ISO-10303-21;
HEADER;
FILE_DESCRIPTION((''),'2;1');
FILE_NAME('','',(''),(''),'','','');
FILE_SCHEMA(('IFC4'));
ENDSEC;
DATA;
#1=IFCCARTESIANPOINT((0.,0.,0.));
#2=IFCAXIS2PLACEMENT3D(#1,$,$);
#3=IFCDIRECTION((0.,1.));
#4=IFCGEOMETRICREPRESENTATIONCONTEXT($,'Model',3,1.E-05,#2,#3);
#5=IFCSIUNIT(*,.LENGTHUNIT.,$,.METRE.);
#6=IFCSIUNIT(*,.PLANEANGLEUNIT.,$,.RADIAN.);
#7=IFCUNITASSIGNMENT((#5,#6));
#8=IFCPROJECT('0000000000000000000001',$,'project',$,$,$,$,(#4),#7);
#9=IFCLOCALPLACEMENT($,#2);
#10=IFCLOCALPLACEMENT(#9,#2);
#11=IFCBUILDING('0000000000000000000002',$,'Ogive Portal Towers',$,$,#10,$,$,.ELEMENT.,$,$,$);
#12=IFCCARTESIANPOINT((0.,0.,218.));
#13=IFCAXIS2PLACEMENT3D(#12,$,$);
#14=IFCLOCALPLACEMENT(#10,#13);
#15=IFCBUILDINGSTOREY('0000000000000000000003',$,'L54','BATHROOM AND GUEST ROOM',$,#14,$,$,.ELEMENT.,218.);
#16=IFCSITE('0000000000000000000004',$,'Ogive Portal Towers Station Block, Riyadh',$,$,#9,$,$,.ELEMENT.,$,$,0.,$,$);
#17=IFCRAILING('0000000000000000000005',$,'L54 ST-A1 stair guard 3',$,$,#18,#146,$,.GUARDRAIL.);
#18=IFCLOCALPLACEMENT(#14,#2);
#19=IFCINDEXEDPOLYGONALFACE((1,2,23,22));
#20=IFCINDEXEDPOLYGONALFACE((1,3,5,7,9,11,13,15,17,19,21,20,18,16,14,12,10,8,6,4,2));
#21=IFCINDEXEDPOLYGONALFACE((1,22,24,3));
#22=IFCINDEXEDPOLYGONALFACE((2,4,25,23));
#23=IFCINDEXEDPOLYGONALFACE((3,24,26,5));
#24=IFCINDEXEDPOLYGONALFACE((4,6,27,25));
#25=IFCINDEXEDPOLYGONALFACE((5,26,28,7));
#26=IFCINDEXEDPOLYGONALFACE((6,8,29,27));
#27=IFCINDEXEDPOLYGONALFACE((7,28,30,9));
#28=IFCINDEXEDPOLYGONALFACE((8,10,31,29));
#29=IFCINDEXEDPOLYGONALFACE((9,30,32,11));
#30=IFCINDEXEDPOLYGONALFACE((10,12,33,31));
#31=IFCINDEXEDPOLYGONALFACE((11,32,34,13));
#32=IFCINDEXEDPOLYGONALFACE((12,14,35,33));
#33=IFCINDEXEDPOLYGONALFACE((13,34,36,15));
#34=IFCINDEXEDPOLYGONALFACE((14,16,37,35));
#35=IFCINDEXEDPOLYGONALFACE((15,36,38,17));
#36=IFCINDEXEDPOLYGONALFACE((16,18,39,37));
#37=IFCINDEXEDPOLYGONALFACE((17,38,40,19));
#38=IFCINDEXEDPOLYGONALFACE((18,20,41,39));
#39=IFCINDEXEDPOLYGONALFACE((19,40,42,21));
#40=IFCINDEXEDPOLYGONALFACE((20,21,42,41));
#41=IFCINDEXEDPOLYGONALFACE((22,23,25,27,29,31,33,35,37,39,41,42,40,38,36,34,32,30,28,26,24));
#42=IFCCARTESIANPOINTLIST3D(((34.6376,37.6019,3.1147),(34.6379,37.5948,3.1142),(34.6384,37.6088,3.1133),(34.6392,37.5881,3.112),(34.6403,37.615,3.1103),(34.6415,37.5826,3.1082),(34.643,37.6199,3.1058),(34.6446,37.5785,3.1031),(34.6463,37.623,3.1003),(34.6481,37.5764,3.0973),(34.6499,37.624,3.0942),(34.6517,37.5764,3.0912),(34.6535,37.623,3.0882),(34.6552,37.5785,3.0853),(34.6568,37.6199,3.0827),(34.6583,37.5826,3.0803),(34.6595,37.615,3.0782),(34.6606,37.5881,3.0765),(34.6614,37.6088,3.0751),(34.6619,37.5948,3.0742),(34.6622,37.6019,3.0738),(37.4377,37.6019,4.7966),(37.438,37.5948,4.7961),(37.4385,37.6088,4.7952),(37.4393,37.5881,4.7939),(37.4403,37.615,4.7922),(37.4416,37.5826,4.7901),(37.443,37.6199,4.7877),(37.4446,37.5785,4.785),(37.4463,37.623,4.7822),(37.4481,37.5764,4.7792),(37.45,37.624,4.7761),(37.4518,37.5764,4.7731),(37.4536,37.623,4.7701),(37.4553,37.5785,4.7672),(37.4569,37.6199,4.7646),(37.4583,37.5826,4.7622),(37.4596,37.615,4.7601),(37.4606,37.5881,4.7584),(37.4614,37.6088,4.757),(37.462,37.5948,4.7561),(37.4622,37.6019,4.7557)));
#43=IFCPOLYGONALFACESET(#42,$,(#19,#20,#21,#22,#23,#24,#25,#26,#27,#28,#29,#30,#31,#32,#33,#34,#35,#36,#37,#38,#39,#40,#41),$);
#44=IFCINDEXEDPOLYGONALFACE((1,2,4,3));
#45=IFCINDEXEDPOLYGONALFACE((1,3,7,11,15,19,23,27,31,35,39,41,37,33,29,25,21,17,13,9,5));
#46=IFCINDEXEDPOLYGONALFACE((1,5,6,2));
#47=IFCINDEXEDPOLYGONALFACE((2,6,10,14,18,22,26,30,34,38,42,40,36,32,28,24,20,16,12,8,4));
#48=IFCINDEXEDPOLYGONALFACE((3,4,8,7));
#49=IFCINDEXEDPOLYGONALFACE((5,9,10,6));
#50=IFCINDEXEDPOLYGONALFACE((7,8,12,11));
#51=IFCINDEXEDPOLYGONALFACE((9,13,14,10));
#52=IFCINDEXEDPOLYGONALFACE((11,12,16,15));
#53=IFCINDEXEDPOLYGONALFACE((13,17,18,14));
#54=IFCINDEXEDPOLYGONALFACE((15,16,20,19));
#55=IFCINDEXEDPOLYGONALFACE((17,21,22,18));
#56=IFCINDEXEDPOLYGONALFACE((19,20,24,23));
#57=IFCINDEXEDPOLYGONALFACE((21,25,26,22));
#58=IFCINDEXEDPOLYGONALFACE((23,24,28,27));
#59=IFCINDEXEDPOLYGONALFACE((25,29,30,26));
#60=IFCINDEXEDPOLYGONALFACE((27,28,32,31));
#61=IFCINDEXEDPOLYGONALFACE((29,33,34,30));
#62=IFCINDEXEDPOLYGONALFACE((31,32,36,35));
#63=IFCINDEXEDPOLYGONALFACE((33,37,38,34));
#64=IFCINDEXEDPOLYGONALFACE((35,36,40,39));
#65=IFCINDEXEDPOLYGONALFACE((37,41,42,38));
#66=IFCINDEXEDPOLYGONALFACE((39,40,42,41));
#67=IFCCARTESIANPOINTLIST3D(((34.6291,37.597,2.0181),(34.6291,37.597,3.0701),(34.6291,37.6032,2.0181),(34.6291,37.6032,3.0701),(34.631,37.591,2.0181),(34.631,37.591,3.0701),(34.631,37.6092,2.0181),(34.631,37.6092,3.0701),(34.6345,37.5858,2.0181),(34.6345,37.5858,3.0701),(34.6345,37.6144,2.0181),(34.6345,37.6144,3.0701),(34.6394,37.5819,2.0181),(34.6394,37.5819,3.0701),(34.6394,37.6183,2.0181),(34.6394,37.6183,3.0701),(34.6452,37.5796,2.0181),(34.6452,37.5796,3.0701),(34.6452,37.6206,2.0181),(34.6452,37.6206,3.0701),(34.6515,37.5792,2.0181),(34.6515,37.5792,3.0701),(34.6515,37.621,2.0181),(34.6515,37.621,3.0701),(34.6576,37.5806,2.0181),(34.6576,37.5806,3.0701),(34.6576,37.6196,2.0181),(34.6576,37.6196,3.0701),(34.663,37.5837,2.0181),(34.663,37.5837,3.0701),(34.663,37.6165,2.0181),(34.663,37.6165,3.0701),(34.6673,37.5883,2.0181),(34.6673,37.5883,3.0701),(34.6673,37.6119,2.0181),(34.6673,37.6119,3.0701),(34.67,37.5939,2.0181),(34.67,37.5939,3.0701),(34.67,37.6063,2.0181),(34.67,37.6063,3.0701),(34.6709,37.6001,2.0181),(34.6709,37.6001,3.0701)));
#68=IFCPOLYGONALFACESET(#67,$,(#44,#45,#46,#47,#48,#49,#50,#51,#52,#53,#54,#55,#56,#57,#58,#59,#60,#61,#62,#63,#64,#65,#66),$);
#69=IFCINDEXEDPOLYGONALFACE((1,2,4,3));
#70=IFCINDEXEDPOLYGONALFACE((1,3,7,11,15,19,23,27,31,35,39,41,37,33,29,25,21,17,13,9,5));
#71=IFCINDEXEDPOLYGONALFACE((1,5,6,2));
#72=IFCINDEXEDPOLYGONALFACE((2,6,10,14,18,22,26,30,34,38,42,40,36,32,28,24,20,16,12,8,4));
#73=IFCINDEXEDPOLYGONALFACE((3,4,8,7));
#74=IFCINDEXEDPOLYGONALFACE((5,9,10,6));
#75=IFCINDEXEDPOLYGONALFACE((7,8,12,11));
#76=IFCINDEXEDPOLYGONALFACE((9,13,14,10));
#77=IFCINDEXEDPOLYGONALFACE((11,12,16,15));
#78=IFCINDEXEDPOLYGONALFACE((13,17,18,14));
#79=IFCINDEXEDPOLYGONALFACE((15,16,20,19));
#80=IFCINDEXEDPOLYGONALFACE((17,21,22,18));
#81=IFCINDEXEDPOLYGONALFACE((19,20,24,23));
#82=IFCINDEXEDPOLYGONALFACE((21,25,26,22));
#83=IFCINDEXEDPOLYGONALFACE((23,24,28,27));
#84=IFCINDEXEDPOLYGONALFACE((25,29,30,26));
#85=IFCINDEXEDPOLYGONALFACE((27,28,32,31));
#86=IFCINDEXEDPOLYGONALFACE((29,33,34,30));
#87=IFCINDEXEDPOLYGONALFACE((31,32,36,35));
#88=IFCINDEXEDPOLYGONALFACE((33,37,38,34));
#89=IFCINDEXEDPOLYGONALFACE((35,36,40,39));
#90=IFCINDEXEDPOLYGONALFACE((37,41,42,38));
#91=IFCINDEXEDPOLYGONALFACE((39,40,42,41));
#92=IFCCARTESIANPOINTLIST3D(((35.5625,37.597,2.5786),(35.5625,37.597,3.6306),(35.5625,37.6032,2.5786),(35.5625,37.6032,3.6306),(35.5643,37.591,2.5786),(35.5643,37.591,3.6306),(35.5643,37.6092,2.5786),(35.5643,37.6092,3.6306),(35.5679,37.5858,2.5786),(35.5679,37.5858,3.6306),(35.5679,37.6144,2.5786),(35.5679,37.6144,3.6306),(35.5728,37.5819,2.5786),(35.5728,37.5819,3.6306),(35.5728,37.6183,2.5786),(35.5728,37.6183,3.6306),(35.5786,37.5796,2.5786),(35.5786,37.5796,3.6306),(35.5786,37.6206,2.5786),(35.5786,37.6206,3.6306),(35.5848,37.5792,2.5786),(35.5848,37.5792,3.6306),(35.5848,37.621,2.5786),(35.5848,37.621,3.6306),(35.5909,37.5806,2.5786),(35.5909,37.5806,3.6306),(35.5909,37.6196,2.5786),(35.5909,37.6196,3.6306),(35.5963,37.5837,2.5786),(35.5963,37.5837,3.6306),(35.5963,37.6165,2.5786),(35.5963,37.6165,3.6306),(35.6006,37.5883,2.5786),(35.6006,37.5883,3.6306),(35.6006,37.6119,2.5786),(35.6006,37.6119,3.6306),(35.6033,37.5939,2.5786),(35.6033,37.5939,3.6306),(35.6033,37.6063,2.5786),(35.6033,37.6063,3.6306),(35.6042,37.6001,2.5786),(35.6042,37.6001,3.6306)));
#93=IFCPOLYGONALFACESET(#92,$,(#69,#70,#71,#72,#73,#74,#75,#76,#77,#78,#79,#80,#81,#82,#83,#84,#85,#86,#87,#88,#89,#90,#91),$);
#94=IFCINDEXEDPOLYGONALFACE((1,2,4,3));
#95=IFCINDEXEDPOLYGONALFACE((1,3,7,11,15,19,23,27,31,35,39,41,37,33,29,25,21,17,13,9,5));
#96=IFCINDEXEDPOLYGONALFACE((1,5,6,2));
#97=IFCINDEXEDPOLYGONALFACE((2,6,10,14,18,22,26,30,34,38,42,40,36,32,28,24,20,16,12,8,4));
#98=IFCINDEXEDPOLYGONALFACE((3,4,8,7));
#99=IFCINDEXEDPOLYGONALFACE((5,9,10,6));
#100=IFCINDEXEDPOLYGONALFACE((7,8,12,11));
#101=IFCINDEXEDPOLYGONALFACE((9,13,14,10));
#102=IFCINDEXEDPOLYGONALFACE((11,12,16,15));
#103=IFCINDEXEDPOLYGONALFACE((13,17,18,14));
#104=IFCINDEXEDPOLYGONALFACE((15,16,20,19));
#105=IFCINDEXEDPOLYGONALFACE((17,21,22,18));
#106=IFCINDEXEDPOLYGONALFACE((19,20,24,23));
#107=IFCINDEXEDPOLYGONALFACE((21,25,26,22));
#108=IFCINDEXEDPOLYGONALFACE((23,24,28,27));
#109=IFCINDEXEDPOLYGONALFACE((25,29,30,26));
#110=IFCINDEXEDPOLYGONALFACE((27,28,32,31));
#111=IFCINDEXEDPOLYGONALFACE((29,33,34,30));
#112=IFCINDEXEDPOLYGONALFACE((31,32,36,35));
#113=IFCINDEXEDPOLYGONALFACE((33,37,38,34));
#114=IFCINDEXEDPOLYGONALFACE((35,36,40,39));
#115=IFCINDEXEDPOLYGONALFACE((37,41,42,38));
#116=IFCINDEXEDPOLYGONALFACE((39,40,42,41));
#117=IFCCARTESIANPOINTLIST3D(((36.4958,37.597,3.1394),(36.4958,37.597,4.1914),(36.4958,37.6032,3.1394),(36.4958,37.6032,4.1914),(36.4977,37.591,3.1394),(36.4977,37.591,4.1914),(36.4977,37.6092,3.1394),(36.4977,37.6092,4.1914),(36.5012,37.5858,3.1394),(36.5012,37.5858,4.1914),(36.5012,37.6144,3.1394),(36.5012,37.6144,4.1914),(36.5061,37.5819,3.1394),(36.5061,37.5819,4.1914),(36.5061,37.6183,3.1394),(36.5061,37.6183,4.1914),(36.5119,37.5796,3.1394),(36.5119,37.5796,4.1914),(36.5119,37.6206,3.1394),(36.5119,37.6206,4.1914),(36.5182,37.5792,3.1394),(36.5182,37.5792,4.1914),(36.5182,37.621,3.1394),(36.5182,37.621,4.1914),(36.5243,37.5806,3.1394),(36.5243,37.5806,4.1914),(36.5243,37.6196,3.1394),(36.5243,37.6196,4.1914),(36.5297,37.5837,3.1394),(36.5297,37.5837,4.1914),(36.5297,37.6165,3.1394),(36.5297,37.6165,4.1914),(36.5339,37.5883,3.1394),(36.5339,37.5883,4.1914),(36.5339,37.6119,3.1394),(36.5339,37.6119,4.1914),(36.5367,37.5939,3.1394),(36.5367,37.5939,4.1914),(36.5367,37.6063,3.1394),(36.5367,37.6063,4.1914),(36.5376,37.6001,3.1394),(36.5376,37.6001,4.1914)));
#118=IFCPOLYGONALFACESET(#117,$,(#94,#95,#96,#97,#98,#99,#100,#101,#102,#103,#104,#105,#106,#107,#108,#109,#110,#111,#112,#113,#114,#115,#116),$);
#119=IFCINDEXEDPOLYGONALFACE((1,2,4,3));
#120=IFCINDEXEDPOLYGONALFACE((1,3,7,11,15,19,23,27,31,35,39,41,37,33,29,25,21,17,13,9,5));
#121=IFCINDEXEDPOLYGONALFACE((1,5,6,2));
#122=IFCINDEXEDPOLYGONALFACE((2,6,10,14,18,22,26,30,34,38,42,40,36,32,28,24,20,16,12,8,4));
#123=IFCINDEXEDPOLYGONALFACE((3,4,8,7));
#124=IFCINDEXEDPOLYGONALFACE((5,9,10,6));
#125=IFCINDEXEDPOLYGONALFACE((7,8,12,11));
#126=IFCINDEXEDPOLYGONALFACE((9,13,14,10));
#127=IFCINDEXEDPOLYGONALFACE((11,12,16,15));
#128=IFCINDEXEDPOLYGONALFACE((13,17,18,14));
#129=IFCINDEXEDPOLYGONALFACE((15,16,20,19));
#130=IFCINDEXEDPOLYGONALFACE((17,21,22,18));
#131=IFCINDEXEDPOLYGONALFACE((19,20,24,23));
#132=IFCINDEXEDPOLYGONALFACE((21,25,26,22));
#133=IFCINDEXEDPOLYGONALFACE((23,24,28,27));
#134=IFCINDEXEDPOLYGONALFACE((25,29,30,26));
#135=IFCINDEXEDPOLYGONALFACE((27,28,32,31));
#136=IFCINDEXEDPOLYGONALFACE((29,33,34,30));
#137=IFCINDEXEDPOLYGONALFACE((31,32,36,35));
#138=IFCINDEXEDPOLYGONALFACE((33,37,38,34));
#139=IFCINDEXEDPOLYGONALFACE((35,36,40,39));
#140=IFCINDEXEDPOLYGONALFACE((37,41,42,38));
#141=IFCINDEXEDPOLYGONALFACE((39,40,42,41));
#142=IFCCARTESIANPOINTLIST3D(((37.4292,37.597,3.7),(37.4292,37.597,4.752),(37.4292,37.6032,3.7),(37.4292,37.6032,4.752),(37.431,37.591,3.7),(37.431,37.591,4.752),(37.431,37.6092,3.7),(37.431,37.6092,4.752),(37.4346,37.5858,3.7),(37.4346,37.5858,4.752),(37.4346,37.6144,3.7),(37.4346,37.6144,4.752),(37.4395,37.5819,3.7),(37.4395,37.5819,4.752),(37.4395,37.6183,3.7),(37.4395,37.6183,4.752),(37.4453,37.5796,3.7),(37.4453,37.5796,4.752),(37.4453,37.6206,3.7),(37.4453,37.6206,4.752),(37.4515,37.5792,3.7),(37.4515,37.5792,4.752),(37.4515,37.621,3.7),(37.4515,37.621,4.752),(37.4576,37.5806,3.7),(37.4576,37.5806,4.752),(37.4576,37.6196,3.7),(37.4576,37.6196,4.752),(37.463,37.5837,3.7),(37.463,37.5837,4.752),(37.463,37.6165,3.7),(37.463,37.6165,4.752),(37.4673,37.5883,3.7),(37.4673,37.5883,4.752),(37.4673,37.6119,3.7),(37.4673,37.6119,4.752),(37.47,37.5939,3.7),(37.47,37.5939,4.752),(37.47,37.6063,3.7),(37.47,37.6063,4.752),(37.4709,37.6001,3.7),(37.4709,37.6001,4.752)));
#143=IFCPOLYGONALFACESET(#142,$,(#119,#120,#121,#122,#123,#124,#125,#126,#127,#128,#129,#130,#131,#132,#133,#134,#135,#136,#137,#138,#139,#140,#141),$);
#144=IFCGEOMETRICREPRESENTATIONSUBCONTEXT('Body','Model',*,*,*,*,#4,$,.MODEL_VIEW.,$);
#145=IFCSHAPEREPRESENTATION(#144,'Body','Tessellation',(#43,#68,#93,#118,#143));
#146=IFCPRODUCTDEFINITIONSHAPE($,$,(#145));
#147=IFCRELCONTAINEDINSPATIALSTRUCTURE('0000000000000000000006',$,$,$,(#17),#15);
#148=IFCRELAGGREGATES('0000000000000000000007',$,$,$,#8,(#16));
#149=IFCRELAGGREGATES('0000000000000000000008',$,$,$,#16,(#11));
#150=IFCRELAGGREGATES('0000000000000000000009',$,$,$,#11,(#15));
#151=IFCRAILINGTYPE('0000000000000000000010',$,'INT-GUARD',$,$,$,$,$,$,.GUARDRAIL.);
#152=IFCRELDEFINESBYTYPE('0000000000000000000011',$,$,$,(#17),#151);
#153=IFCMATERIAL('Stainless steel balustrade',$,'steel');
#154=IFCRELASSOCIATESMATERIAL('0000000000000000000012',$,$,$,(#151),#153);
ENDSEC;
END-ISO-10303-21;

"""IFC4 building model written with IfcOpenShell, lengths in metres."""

from ifc_helpers import new_model, si_unit, direction, frame, origin, origin_2d, place, context, subcontext, project, spatial, circle, extrude, material, type_object, element, save


model = new_model("IFC4")

# Units and contexts
model_context = context("Model", 3, precision=1e-05, world=origin(), true_north=direction((0.0, 1.0)))
body_context = subcontext(model_context, "Body", "Model", "MODEL_VIEW")
ifc_project = project(units=[si_unit("LENGTHUNIT", "METRE"), si_unit("PLANEANGLEUNIT", "RADIAN")], contexts=[model_context])

# Site, building, storey
site_placement = place(None, origin())
site = spatial("IfcSite", under=ifc_project, at=site_placement, Name="Ogive Portal Towers Station Block, Riyadh", CompositionType="ELEMENT", RefElevation=0.0)
building_placement = place(site_placement, origin())
building = spatial("IfcBuilding", under=site, at=building_placement, Name="Ogive Portal Towers", CompositionType="ELEMENT")
storey_placement = place(building_placement, frame((0.0, 0.0, 218.0)))
storey = spatial("IfcBuildingStorey", under=building, at=storey_placement, Name="L54", Description="BATHROOM AND GUEST ROOM", CompositionType="ELEMENT", Elevation=218.0)

# Railing
ifc_material_1 = material(Name="Stainless steel balustrade", Category="steel")
railing_type_1 = type_object("IfcRailingType", Name="INT-GUARD", PredefinedType="GUARDRAIL", material=ifc_material_1)
railing_1_placement = place(storey_placement, frame((34.6499, 37.6001, 2.0181)))
element("IfcRailing", 1, at=railing_1_placement, inside=storey, type_object=railing_type_1, Name="L54 ST-A1 stair guard 3", PredefinedType="GUARDRAIL", context=body_context, shape_type="SweptSolid", body=[
    extrude(circle(Radius=0.0239, at=origin_2d()), frame((0.0, 0.0, 1.0762), z_axis=(0.857242, 0.0, 0.514913), x_axis=(0.0, 1.0, 0.0)), (0.0, 0.0, 1.0), 3.2664),
    extrude(circle(Radius=0.021, at=origin_2d()), origin(), (0.0, 0.0, 1.0), 1.052),
    extrude(circle(Radius=0.021, at=origin_2d()), frame((0.9333, 0.0, 0.5605)), (0.0, 0.0, 1.0), 1.052),
    extrude(circle(Radius=0.021, at=origin_2d()), frame((1.8667, 0.0, 1.1213)), (0.0, 0.0, 1.0), 1.052),
    extrude(circle(Radius=0.021, at=origin_2d()), frame((2.8, 0.0, 1.6819)), (0.0, 0.0, 1.0), 1.052),
])

save(model, "model.ifc")
